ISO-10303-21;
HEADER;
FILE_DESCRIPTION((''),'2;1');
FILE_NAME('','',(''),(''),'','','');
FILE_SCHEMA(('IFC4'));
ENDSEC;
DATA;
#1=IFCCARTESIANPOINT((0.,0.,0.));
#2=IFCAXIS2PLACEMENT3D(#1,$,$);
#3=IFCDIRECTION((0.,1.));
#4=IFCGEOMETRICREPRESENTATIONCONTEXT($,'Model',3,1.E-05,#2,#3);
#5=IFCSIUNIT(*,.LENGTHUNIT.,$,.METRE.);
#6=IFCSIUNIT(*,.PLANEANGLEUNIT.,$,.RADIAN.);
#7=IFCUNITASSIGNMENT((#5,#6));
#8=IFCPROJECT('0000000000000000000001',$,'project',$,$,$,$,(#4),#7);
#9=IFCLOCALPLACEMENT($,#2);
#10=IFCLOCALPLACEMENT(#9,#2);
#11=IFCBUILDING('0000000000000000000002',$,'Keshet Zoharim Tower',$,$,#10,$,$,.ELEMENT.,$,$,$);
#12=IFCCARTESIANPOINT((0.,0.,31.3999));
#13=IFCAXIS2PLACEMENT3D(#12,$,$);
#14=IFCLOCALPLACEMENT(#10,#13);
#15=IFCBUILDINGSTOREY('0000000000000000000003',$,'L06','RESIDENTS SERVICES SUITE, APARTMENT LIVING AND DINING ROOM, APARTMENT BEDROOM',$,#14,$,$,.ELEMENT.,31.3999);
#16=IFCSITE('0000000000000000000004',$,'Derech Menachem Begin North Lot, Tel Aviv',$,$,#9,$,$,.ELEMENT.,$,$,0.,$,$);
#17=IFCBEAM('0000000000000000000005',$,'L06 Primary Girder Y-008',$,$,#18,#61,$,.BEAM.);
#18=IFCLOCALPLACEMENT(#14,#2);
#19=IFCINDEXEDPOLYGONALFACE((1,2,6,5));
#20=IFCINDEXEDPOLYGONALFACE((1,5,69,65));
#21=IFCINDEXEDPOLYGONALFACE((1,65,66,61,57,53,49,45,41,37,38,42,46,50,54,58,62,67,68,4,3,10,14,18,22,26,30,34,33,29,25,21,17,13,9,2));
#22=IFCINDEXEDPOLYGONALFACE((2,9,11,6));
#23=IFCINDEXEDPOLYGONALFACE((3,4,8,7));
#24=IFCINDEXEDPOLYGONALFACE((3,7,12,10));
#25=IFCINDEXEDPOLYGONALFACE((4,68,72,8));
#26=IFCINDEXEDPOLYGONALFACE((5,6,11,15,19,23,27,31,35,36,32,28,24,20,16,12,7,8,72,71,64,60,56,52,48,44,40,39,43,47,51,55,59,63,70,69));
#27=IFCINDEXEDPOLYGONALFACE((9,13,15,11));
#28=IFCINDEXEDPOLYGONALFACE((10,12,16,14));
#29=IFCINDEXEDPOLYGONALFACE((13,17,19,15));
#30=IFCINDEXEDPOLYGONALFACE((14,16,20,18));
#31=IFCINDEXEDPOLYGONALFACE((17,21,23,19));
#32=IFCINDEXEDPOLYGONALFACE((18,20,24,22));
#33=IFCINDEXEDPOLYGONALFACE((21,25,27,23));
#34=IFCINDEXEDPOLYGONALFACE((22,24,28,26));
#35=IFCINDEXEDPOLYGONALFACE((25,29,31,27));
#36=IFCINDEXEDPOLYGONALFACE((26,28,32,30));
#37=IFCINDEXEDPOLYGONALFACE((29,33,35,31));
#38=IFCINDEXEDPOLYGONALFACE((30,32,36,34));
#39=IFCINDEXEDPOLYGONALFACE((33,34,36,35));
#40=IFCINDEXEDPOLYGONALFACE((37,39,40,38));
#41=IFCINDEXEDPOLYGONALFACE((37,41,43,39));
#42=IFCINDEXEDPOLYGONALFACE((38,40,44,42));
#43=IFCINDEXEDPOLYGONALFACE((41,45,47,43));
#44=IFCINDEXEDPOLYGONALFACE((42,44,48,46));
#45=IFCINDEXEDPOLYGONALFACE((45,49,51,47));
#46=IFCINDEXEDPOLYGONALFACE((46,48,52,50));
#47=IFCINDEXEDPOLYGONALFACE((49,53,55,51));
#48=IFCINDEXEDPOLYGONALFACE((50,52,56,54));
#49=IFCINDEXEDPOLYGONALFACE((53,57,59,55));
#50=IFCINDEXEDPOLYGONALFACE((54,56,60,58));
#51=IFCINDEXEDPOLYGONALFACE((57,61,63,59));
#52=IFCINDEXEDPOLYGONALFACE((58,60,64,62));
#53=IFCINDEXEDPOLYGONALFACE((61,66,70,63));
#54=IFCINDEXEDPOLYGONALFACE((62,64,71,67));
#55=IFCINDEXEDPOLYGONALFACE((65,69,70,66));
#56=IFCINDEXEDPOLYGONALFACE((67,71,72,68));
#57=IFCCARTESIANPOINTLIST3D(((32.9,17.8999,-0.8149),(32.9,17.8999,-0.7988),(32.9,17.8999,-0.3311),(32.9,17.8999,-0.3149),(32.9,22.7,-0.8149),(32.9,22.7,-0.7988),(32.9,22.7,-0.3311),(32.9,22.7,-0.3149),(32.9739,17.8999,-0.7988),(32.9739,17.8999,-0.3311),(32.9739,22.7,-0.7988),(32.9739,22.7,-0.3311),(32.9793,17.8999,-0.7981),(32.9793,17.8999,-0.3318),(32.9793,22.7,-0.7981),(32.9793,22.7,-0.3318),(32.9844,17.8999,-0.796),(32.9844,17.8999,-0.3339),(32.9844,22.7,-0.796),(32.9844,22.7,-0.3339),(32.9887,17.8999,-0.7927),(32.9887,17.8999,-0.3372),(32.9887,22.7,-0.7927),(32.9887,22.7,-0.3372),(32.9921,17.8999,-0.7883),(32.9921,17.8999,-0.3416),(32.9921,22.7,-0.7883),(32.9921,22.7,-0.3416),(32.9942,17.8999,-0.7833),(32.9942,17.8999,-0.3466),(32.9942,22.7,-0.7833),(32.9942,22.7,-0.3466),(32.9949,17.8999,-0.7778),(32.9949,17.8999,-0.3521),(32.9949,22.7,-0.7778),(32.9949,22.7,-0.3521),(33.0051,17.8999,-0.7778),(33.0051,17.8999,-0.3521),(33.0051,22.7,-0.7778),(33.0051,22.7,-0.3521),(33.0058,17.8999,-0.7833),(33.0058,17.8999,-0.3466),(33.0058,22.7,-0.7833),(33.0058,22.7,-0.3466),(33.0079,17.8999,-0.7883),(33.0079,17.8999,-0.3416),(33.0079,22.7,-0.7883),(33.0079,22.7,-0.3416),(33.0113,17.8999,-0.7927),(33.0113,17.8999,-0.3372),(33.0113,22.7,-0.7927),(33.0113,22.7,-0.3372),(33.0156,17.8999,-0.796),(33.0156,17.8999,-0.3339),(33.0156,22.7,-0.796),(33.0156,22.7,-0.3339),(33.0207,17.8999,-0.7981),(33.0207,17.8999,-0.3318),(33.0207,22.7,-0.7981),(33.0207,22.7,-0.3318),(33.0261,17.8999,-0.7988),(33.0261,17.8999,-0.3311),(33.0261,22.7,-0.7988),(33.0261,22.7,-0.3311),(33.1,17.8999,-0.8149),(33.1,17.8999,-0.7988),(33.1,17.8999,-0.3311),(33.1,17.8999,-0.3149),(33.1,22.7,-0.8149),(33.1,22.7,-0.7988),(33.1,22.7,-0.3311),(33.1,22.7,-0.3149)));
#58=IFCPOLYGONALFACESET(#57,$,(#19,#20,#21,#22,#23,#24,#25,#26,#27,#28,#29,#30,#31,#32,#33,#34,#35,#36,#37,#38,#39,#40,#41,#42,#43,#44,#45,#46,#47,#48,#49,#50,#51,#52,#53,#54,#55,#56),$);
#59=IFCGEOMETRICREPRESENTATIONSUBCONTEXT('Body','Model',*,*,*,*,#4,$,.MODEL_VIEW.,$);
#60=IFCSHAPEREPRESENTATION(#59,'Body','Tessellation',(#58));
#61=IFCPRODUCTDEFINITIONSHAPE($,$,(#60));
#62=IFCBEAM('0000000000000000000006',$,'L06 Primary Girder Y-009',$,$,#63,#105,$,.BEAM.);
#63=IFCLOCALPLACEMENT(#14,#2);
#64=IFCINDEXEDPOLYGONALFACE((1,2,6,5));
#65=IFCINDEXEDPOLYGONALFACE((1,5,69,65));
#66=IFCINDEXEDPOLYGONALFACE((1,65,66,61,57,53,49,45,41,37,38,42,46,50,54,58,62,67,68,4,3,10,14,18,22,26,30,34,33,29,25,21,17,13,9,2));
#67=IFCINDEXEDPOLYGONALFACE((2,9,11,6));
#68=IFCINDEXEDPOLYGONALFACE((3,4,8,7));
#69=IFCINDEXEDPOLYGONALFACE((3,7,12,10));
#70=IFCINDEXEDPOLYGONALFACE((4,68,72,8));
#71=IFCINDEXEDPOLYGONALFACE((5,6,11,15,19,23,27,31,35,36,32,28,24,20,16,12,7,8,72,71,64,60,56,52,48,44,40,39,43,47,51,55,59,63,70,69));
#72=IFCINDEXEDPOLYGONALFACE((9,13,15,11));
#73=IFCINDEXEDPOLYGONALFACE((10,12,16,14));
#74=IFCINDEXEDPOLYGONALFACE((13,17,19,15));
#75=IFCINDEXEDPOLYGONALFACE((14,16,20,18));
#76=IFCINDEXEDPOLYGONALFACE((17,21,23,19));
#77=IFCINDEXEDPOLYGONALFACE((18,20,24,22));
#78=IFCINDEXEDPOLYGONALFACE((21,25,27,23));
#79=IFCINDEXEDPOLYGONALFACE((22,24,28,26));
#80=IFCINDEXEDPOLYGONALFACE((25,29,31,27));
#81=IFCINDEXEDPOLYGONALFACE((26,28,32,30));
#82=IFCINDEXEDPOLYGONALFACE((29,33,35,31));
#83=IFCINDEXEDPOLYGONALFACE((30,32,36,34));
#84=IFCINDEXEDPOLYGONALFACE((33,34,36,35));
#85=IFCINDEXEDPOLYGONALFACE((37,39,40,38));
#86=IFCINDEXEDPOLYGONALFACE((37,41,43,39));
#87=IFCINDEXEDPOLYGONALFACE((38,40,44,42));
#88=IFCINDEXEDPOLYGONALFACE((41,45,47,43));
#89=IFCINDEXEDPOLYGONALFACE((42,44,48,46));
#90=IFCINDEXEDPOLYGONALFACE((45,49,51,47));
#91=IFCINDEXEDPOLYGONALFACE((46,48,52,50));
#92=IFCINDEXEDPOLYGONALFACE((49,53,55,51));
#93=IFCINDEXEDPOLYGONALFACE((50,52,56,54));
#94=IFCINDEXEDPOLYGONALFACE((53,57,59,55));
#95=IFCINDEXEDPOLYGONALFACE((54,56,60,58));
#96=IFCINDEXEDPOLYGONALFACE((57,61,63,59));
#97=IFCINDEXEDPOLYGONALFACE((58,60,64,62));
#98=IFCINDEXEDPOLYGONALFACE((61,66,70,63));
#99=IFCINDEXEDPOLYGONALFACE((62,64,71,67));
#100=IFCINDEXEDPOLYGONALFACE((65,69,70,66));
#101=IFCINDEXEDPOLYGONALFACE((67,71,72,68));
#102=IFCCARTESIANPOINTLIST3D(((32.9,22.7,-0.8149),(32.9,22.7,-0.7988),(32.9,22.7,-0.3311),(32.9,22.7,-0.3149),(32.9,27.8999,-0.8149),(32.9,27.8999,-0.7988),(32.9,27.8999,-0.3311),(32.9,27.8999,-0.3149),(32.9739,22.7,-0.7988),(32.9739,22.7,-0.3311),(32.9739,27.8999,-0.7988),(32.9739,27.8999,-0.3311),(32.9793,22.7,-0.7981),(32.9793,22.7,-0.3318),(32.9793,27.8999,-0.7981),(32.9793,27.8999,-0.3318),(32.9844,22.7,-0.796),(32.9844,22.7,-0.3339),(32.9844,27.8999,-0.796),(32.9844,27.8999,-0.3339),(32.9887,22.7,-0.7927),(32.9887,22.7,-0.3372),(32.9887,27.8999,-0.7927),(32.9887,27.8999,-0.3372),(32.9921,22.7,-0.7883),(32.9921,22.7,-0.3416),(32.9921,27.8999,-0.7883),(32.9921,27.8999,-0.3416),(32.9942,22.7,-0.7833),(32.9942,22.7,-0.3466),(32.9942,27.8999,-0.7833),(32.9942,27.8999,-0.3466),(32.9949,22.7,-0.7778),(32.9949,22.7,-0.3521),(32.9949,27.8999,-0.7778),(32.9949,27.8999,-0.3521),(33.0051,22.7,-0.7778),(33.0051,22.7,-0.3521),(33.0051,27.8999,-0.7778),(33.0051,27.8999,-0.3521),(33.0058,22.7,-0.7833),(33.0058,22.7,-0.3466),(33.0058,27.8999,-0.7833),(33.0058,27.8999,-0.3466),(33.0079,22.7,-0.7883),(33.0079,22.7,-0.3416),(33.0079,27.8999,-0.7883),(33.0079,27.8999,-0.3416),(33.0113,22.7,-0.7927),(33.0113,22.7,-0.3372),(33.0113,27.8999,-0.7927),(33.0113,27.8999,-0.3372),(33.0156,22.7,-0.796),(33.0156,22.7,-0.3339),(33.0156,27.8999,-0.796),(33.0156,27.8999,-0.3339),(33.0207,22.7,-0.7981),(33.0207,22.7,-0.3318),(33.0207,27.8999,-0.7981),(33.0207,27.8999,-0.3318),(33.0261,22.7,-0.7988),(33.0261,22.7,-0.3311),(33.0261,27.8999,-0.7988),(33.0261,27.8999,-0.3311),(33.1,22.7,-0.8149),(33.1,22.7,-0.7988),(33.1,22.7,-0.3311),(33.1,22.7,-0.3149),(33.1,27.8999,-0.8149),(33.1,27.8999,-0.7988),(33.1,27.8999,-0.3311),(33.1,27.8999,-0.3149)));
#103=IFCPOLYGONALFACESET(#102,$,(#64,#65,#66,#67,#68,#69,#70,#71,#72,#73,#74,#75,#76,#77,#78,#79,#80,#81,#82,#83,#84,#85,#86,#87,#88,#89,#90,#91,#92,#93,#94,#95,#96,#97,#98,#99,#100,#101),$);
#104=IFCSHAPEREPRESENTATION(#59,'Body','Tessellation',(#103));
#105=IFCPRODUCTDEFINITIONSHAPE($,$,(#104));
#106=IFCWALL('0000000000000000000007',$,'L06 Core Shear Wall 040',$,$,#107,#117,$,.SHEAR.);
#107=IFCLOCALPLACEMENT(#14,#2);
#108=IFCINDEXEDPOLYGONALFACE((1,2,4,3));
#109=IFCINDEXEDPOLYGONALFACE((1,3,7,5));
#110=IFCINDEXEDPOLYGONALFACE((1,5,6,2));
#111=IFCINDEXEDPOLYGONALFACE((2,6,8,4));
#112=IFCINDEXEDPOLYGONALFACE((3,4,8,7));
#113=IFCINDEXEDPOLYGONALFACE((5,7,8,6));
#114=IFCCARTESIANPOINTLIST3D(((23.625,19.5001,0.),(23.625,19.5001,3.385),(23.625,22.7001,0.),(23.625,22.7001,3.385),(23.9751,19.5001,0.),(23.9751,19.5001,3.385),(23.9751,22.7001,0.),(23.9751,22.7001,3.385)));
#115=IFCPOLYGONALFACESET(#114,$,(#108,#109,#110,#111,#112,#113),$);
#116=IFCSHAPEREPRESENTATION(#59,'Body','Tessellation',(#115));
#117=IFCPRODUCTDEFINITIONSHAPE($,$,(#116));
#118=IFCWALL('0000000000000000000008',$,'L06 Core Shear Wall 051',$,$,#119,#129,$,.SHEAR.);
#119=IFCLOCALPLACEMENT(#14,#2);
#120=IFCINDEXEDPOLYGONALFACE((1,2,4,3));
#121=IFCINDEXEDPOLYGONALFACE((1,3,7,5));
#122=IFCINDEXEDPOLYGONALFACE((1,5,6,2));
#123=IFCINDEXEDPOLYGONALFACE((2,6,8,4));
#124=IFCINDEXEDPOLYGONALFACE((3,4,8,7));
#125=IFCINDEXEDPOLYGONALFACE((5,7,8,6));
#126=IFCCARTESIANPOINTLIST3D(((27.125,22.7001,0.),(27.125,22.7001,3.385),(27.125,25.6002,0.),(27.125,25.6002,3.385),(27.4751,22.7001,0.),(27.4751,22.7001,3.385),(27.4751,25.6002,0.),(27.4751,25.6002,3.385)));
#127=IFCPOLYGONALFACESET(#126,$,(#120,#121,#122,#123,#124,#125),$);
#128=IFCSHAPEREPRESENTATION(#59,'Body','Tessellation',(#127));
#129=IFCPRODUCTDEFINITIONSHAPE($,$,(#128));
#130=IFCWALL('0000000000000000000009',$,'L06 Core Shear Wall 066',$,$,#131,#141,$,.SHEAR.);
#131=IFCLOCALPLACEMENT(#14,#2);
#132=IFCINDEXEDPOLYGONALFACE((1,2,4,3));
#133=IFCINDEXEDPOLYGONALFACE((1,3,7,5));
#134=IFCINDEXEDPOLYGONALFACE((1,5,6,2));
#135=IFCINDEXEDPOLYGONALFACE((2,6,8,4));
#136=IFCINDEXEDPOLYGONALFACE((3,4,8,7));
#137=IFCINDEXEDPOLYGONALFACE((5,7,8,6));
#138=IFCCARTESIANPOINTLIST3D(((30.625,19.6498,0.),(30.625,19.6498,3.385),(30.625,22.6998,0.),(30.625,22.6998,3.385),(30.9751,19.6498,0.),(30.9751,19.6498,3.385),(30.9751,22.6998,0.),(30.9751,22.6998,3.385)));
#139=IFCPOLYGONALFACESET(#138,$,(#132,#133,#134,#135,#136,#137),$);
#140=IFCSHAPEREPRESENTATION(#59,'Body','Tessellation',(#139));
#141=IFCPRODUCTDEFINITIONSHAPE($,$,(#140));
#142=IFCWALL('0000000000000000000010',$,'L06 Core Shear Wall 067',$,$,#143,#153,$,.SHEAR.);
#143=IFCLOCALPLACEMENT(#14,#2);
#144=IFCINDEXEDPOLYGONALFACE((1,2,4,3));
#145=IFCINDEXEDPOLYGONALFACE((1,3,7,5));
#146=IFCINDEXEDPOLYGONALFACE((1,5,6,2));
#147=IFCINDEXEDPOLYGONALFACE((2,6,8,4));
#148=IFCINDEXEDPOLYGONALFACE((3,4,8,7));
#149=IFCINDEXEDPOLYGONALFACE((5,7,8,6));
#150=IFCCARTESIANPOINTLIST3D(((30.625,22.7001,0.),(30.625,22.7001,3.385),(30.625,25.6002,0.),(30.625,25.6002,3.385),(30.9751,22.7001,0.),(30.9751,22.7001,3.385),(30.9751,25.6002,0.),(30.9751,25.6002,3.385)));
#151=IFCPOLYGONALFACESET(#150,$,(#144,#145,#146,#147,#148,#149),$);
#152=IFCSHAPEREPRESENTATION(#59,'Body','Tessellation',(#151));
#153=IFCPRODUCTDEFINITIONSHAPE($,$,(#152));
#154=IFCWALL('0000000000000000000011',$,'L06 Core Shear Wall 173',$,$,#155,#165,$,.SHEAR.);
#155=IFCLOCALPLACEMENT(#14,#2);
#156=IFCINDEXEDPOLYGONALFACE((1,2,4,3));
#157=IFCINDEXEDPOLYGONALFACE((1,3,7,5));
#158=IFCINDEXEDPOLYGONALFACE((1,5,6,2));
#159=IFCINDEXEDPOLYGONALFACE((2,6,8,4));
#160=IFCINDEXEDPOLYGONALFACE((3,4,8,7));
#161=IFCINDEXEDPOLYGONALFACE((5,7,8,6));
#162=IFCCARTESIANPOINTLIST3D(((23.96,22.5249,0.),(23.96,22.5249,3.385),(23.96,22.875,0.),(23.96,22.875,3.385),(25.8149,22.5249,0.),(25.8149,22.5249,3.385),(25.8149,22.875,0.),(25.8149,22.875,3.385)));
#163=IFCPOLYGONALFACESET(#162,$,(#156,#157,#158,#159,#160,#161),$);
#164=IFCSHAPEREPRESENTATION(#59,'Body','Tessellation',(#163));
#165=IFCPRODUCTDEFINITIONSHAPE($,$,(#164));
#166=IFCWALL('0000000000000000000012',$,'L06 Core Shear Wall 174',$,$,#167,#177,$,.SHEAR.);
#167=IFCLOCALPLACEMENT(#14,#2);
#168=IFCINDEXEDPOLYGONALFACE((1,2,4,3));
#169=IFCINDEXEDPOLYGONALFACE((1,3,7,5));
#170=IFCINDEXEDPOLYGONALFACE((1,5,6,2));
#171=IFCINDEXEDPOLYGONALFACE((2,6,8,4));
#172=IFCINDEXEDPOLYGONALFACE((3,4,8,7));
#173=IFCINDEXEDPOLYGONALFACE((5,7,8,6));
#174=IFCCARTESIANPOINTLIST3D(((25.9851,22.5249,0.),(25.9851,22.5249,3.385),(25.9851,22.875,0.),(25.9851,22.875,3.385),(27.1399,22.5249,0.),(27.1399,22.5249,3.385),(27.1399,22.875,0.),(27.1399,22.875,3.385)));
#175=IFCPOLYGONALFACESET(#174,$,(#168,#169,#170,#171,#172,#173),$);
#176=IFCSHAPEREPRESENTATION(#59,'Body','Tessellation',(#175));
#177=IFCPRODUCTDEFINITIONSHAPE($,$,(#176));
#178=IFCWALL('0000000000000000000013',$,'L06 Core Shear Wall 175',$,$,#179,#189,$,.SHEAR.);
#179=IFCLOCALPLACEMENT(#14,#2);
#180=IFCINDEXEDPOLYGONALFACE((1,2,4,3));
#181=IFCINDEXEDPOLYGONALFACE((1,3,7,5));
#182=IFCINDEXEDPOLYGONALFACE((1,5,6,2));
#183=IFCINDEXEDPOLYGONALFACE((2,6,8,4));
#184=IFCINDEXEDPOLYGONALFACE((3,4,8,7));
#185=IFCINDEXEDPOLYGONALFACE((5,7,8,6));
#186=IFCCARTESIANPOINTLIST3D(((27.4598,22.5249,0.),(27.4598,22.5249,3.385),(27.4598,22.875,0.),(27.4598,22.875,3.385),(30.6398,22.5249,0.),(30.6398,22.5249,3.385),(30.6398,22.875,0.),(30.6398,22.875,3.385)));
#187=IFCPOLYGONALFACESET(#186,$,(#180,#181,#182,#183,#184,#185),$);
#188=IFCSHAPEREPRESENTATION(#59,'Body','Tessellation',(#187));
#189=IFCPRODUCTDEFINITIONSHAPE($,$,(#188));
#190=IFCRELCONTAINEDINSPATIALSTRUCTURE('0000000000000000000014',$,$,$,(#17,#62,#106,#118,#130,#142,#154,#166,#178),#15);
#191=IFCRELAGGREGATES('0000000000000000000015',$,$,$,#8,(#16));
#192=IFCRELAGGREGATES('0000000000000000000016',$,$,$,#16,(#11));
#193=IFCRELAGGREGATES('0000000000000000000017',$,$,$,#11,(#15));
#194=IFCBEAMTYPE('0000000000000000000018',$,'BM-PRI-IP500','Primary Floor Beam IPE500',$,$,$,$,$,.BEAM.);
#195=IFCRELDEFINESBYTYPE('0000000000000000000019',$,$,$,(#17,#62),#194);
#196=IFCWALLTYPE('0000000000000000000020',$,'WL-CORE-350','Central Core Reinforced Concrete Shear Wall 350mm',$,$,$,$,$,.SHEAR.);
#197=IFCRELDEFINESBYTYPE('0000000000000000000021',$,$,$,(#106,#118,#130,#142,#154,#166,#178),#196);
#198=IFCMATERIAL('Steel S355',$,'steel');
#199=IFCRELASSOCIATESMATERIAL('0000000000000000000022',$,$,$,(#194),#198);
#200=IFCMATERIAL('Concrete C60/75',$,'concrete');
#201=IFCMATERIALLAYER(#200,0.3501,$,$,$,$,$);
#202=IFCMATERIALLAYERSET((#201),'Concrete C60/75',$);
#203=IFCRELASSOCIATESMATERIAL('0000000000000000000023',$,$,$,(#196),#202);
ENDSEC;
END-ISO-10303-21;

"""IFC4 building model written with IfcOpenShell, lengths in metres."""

from ifc_helpers import new_model, si_unit, direction, frame, frame_2d, origin, origin_2d, place, context, subcontext, project, spatial, rectangle, i_section, extrude, material, layer, layer_set, material_profile, profile_set, type_object, element, save


model = new_model("IFC4")

# Units and contexts
model_context = context("Model", 3, precision=1e-05, world=origin(), true_north=direction((0.0, 1.0)))
body_context = subcontext(model_context, "Body", "Model", "MODEL_VIEW")
ifc_project = project(units=[si_unit("LENGTHUNIT", "METRE"), si_unit("PLANEANGLEUNIT", "RADIAN")], contexts=[model_context])

# Site, building, storey
site_placement = place(None, origin())
site = spatial("IfcSite", under=ifc_project, at=site_placement, Name="Derech Menachem Begin North Lot, Tel Aviv", CompositionType="ELEMENT", RefElevation=0.0)
building_placement = place(site_placement, origin())
building = spatial("IfcBuilding", under=site, at=building_placement, Name="Keshet Zoharim Tower", CompositionType="ELEMENT")
storey_placement = place(building_placement, frame((0.0, 0.0, 31.3999)))
storey = spatial("IfcBuildingStorey", under=building, at=storey_placement, Name="L06", Description="RESIDENTS SERVICES SUITE, APARTMENT LIVING AND DINING ROOM, APARTMENT BEDROOM", CompositionType="ELEMENT", Elevation=31.3999)

# Shared definitions
ifc_material_1 = material(Name="Concrete C60/75", Category="concrete")

# Beams
ifc_material_2 = material(Name="Steel S355", Category="steel")
ifc_material_profile_1 = material_profile(ifc_material_2, i_section(OverallWidth=0.2, OverallDepth=0.5, WebThickness=0.0103, FlangeThickness=0.0161, FilletRadius=0.021, at=origin_2d()), Name="IPE500")
ifc_profile_set_1 = profile_set([ifc_material_profile_1], Name="Steel S355")
beam_type_1 = type_object("IfcBeamType", Name="BM-PRI-IP500", Description="Primary Floor Beam IPE500", PredefinedType="BEAM", material=ifc_profile_set_1)
beam_1_placement = place(storey_placement, frame((33.0, 17.8999, -0.5649), z_axis=(0.0, 1.0, 0.0), x_axis=(-1.0, 0.0, 0.0)))
element("IfcBeam", 1, at=beam_1_placement, inside=storey, type_object=beam_type_1, Name="L06 Primary Girder Y-008", PredefinedType="BEAM", context=body_context, shape_type="SweptSolid", body=[
    extrude(i_section(OverallWidth=0.2, OverallDepth=0.5, WebThickness=0.0103, FlangeThickness=0.0161, FilletRadius=0.021, at=origin_2d()), origin(), (0.0, 0.0, 1.0), 4.8),
])
beam_2_placement = place(storey_placement, frame((33.0, 22.7, -0.5649), z_axis=(0.0, 1.0, 0.0), x_axis=(-1.0, 0.0, 0.0)))
element("IfcBeam", 2, at=beam_2_placement, inside=storey, type_object=beam_type_1, Name="L06 Primary Girder Y-009", PredefinedType="BEAM", context=body_context, shape_type="SweptSolid", body=[
    extrude(i_section(OverallWidth=0.2, OverallDepth=0.5, WebThickness=0.0103, FlangeThickness=0.0161, FilletRadius=0.021, at=origin_2d()), origin(), (0.0, 0.0, 1.0), 5.2),
])

# Wall
ifc_layer_1 = layer(ifc_material_1, 0.3501)
ifc_layer_set_1 = layer_set([ifc_layer_1], Name="Concrete C60/75")
wall_type_1 = type_object("IfcWallType", Name="WL-CORE-350", Description="Central Core Reinforced Concrete Shear Wall 350mm", PredefinedType="SHEAR", material=ifc_layer_set_1)
wall_1_placement = place(storey_placement, frame((23.8, 19.5, 0.0), z_axis=(0.0, 0.0, 1.0), x_axis=(0.0, 1.0, 0.0)))
element("IfcWall", 3, at=wall_1_placement, inside=storey, type_object=wall_type_1, Name="L06 Core Shear Wall 040", PredefinedType="SHEAR", context=body_context, shape_type="SweptSolid", body=[
    extrude(rectangle(XDim=3.2, YDim=0.3501, at=frame_2d((1.6001, 0.0))), origin(), (0.0, 0.0, 1.0), 3.385),
])

# Walls
wall_2_placement = place(storey_placement, frame((27.3, 22.7, 0.0), z_axis=(0.0, 0.0, 1.0), x_axis=(0.0, 1.0, 0.0)))
element("IfcWall", 4, at=wall_2_placement, inside=storey, type_object=wall_type_1, Name="L06 Core Shear Wall 051", PredefinedType="SHEAR", context=body_context, shape_type="SweptSolid", body=[
    extrude(rectangle(XDim=2.9001, YDim=0.3501, at=frame_2d((1.4502, 0.0))), origin(), (0.0, 0.0, 1.0), 3.385),
])
wall_3_placement = place(storey_placement, frame((30.8, 19.6499, 0.0), z_axis=(0.0, 0.0, 1.0), x_axis=(0.0, 1.0, 0.0)))
element("IfcWall", 5, at=wall_3_placement, inside=storey, type_object=wall_type_1, Name="L06 Core Shear Wall 066", PredefinedType="SHEAR", context=body_context, shape_type="SweptSolid", body=[
    extrude(rectangle(XDim=3.05, YDim=0.3501, at=frame_2d((1.5249, 0.0))), origin(), (0.0, 0.0, 1.0), 3.385),
])
wall_4_placement = place(storey_placement, frame((30.8, 22.7, 0.0), z_axis=(0.0, 0.0, 1.0), x_axis=(0.0, 1.0, 0.0)))
element("IfcWall", 6, at=wall_4_placement, inside=storey, type_object=wall_type_1, Name="L06 Core Shear Wall 067", PredefinedType="SHEAR", context=body_context, shape_type="SweptSolid", body=[
    extrude(rectangle(XDim=2.9001, YDim=0.3501, at=frame_2d((1.4502, 0.0))), origin(), (0.0, 0.0, 1.0), 3.385),
])
wall_5_placement = place(storey_placement, frame((23.96, 22.7, 0.0), z_axis=(0.0, 0.0, 1.0), x_axis=(1.0, 0.0, 0.0)))
element("IfcWall", 7, at=wall_5_placement, inside=storey, type_object=wall_type_1, Name="L06 Core Shear Wall 173", PredefinedType="SHEAR", context=body_context, shape_type="SweptSolid", body=[
    extrude(rectangle(XDim=1.855, YDim=0.3501, at=frame_2d((0.9275, 0.0))), origin(), (0.0, 0.0, 1.0), 3.385),
])
wall_6_placement = place(storey_placement, frame((25.9851, 22.7, 0.0), z_axis=(0.0, 0.0, 1.0), x_axis=(1.0, 0.0, 0.0)))
element("IfcWall", 8, at=wall_6_placement, inside=storey, type_object=wall_type_1, Name="L06 Core Shear Wall 174", PredefinedType="SHEAR", context=body_context, shape_type="SweptSolid", body=[
    extrude(rectangle(XDim=1.1548, YDim=0.3501, at=frame_2d((0.5774, 0.0))), origin(), (0.0, 0.0, 1.0), 3.385),
])
wall_7_placement = place(storey_placement, frame((27.46, 22.7, 0.0), z_axis=(0.0, 0.0, 1.0), x_axis=(1.0, 0.0, 0.0)))
element("IfcWall", 9, at=wall_7_placement, inside=storey, type_object=wall_type_1, Name="L06 Core Shear Wall 175", PredefinedType="SHEAR", context=body_context, shape_type="SweptSolid", body=[
    extrude(rectangle(XDim=3.1799, YDim=0.3501, at=frame_2d((1.5898, 0.0))), origin(), (0.0, 0.0, 1.0), 3.385),
])

save(model, "model.ifc")
